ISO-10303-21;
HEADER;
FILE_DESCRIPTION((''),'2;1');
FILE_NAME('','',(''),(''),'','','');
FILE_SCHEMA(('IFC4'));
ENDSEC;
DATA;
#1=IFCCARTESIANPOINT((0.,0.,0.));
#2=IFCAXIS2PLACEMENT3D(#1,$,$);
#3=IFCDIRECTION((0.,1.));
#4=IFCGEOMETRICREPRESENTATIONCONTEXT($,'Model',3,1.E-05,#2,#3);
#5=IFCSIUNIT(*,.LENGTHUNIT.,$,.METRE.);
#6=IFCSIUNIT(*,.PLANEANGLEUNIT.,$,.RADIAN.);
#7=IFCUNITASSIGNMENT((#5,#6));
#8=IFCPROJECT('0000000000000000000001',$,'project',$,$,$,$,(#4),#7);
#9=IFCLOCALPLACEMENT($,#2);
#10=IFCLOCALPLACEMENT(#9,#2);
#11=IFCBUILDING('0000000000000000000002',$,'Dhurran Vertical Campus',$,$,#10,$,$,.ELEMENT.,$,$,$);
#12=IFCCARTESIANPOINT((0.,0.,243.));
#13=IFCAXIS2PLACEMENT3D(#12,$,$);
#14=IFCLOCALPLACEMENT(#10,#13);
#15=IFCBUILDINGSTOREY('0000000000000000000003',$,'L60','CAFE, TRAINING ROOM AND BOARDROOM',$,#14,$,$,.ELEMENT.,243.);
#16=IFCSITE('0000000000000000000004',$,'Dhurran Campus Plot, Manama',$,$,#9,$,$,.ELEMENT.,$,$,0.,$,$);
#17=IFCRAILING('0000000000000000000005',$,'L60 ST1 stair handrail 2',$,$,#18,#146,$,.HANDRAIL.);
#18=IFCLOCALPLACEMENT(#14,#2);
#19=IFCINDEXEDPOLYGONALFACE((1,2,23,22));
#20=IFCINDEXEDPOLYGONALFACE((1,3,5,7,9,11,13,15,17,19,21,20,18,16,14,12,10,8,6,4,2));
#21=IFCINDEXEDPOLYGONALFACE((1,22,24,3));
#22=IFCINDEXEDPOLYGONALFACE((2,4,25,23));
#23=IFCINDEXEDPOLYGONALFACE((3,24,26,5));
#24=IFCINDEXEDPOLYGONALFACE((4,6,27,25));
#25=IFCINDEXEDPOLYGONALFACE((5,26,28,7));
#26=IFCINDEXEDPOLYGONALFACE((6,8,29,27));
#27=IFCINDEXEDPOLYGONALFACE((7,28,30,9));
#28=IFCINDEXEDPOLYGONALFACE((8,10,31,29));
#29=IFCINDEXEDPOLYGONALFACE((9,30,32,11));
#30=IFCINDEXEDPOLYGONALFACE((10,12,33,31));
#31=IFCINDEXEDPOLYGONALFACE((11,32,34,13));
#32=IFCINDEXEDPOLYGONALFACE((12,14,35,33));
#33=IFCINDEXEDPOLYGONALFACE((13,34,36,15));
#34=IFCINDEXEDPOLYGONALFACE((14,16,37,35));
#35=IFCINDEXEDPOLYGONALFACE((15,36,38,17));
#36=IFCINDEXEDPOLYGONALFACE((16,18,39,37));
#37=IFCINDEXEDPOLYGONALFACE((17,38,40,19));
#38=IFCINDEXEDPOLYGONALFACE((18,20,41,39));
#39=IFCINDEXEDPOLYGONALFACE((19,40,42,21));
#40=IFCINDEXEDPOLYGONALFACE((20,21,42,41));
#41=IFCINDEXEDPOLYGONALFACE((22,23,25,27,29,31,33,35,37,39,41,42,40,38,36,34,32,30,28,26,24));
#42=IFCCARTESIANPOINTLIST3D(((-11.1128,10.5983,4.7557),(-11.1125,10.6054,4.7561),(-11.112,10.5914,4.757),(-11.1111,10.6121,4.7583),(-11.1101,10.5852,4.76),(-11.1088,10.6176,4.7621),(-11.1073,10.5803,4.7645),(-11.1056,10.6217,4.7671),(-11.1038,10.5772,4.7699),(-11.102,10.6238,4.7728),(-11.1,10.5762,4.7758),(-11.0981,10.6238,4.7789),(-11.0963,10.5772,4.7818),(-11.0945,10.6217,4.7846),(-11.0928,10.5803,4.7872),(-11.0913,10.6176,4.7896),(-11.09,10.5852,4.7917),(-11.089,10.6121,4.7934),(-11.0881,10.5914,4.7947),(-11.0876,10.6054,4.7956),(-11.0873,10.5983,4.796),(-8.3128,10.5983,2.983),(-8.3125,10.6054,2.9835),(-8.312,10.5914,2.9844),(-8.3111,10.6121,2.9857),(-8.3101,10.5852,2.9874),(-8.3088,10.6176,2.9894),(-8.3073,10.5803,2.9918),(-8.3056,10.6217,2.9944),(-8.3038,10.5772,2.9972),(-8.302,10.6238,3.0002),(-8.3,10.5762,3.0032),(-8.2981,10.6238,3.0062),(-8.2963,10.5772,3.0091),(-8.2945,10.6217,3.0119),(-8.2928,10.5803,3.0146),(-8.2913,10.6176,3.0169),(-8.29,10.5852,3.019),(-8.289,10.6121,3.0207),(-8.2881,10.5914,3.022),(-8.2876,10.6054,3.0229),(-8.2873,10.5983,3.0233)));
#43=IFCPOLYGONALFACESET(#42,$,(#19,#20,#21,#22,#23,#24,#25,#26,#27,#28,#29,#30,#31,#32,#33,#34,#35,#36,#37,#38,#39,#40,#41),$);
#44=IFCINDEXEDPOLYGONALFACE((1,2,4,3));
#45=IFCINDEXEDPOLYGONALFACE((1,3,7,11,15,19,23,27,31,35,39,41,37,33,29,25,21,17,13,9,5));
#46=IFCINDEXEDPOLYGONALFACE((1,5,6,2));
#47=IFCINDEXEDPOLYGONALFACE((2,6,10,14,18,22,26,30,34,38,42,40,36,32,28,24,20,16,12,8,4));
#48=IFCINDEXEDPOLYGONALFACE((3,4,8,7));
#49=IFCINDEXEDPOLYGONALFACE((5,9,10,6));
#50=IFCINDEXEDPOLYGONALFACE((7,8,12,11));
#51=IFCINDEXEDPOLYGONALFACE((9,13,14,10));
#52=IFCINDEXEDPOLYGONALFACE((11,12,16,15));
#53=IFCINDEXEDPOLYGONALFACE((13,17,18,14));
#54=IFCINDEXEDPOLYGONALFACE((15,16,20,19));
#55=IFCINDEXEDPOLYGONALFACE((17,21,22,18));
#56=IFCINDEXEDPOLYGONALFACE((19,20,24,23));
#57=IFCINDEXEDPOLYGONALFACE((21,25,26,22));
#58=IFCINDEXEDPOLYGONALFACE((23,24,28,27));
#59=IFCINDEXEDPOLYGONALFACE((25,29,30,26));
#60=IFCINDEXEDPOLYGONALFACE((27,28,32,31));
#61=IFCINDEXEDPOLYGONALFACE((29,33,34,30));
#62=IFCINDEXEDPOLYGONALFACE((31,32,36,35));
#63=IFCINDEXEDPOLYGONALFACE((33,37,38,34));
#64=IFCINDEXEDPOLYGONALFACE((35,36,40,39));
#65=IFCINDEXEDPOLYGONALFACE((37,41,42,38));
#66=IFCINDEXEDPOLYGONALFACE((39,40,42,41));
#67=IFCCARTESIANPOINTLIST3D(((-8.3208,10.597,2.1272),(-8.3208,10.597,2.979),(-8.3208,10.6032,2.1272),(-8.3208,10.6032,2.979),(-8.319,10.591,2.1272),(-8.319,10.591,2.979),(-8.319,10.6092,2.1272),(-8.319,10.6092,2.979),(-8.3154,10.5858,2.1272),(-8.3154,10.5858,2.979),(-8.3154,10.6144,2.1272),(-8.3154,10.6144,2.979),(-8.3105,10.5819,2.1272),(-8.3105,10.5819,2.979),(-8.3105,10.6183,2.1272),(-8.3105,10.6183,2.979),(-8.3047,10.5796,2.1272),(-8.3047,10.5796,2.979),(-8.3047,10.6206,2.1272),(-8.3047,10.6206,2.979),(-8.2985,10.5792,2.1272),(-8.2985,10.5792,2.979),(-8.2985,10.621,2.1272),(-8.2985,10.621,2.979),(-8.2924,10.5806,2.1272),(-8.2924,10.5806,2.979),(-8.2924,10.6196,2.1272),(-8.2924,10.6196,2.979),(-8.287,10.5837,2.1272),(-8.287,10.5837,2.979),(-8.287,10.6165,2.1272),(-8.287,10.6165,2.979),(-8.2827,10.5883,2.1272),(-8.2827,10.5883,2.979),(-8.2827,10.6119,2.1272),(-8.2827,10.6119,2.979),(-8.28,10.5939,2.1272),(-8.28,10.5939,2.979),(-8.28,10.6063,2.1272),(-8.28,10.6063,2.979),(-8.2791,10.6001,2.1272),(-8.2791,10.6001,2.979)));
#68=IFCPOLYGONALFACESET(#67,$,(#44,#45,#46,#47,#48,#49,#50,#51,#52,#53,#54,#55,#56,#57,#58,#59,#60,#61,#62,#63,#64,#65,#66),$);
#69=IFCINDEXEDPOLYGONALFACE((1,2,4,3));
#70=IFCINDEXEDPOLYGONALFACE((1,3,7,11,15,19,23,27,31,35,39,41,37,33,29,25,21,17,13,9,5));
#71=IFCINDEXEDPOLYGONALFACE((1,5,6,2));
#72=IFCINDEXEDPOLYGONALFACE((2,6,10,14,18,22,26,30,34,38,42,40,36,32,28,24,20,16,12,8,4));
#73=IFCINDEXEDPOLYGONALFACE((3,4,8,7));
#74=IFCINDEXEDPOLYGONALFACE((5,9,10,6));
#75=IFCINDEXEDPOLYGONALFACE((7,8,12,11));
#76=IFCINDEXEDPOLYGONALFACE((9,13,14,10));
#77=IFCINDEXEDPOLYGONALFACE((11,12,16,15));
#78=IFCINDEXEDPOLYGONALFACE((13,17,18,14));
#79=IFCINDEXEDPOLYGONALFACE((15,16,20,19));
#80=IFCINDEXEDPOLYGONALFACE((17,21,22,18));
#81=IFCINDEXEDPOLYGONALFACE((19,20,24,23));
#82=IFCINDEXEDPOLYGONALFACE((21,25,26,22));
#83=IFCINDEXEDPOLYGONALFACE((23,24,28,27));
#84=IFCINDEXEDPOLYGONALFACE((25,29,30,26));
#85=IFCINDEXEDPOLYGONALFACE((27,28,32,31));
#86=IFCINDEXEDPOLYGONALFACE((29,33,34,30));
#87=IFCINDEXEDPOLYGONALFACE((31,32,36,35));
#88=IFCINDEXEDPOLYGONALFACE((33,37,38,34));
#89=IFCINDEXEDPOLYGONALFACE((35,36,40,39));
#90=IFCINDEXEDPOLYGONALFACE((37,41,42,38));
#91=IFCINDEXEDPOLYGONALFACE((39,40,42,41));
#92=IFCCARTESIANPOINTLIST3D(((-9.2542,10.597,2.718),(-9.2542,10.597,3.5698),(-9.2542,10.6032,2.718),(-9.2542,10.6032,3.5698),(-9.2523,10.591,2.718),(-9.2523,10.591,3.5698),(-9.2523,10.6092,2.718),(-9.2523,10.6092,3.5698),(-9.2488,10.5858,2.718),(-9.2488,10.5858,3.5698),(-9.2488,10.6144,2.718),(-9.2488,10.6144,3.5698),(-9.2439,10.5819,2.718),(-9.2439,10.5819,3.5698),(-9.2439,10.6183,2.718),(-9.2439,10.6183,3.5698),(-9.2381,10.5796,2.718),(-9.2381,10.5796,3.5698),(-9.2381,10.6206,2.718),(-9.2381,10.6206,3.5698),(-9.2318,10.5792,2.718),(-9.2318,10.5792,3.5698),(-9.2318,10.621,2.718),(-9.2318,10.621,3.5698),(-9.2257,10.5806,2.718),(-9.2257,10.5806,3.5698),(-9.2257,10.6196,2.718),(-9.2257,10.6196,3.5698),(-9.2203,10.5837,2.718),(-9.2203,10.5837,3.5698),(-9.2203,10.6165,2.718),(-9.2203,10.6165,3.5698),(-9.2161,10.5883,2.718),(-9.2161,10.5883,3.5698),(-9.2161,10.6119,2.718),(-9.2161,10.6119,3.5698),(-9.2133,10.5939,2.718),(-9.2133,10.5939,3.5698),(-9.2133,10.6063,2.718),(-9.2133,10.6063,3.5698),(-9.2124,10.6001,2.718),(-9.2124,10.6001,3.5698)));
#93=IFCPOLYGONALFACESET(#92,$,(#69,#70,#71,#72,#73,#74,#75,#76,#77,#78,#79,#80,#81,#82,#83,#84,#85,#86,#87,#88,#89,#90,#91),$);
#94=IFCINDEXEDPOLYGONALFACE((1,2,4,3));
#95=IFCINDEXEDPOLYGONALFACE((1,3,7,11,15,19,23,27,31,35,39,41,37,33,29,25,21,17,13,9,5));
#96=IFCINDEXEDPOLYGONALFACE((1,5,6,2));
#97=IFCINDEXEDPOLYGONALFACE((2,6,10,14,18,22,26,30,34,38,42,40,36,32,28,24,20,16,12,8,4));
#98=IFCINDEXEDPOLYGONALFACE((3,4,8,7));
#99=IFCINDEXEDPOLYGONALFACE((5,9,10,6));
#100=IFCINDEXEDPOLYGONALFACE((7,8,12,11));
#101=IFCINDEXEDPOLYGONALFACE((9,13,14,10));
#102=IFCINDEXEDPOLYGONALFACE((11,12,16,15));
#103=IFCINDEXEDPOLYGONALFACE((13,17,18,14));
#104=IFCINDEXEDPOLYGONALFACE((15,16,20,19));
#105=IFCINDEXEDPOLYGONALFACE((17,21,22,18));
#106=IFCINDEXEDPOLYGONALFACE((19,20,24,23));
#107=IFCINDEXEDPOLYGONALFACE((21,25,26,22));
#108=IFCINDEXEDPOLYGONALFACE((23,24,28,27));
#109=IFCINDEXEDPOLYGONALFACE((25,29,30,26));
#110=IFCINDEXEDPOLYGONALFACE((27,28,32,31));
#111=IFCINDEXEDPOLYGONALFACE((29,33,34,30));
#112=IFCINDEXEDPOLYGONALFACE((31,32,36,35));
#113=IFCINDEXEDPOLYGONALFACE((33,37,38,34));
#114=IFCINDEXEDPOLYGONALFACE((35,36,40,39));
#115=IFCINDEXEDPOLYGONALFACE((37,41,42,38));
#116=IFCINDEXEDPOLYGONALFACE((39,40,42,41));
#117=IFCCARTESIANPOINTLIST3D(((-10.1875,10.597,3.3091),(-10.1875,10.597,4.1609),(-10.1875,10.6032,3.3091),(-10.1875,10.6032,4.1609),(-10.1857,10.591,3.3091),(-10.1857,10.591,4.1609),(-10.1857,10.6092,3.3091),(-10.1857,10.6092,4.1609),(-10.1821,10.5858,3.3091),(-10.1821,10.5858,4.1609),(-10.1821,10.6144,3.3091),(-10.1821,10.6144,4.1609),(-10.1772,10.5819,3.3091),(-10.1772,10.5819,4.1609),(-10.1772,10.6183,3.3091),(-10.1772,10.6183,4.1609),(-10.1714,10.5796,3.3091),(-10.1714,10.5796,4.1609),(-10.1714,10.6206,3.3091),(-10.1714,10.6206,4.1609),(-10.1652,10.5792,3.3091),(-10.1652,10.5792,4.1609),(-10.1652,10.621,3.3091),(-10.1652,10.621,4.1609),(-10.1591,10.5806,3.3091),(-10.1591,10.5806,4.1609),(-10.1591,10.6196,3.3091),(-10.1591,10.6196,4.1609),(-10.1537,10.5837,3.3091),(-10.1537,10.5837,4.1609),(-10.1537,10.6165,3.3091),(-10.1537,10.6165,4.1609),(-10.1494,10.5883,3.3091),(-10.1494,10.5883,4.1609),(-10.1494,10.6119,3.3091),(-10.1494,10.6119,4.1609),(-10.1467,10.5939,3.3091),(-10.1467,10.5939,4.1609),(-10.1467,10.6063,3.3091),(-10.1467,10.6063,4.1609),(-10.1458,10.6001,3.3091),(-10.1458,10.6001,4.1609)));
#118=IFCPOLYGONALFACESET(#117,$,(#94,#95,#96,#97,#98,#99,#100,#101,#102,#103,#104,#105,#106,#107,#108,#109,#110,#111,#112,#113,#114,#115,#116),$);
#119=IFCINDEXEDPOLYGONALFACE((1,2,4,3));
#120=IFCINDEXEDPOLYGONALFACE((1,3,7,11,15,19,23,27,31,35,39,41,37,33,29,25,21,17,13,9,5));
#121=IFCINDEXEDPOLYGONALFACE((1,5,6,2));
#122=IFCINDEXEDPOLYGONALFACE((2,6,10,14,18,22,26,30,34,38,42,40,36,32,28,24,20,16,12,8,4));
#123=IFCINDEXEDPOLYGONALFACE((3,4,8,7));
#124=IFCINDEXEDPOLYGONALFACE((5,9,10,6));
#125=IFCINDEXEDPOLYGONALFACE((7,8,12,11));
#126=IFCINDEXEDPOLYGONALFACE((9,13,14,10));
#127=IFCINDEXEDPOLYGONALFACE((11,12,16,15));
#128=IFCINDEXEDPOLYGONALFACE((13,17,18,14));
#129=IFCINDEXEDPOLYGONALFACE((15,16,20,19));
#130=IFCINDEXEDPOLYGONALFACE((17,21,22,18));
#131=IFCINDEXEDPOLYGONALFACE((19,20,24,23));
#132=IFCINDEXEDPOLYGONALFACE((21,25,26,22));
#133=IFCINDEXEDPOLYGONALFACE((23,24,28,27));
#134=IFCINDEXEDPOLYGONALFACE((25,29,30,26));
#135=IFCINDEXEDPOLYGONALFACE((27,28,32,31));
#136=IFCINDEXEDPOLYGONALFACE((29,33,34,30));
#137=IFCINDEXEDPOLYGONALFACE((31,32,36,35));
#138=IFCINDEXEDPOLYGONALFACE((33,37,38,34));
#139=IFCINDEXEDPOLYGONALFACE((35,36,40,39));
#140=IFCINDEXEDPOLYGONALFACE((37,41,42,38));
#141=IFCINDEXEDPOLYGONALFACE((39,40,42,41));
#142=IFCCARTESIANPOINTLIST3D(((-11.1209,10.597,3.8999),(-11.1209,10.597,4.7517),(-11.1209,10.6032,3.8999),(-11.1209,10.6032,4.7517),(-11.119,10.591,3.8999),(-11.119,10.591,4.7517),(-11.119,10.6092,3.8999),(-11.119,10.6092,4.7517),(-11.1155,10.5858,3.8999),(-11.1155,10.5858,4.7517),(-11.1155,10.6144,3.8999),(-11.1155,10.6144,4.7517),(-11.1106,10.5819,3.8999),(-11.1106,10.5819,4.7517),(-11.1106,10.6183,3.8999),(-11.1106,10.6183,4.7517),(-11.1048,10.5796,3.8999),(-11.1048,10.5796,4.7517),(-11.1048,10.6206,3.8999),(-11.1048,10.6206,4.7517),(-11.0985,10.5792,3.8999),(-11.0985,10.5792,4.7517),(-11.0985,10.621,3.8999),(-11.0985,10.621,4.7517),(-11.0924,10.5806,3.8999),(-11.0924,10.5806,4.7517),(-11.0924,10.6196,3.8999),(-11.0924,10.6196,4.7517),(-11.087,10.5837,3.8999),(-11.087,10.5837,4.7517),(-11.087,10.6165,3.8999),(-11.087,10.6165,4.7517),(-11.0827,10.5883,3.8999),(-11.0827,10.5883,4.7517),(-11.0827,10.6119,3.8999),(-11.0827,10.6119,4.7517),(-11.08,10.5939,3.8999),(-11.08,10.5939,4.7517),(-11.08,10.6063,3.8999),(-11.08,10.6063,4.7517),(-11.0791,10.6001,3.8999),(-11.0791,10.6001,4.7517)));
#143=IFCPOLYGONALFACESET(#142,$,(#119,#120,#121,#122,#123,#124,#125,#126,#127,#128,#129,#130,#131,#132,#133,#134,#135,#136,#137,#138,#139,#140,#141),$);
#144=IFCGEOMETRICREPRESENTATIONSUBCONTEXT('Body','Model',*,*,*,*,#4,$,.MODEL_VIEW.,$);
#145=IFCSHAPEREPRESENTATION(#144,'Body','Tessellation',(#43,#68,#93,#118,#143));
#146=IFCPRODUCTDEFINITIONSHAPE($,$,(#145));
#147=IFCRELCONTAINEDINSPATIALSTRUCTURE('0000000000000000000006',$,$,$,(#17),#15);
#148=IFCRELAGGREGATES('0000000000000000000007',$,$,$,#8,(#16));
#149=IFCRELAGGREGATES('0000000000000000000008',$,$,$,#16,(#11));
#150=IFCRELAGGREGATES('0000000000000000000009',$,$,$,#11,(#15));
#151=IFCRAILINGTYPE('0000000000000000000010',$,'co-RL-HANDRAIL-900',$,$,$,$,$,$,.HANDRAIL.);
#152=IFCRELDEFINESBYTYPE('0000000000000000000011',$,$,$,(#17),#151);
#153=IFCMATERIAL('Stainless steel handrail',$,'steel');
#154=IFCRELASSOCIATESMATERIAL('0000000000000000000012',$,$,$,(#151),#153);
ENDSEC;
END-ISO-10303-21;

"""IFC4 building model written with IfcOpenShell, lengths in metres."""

from ifc_helpers import new_model, si_unit, direction, frame, origin, origin_2d, place, context, subcontext, project, spatial, circle, extrude, material, type_object, element, save


model = new_model("IFC4")

# Units and contexts
model_context = context("Model", 3, precision=1e-05, world=origin(), true_north=direction((0.0, 1.0)))
body_context = subcontext(model_context, "Body", "Model", "MODEL_VIEW")
ifc_project = project(units=[si_unit("LENGTHUNIT", "METRE"), si_unit("PLANEANGLEUNIT", "RADIAN")], contexts=[model_context])

# Site, building, storey
site_placement = place(None, origin())
site = spatial("IfcSite", under=ifc_project, at=site_placement, Name="Dhurran Campus Plot, Manama", CompositionType="ELEMENT", RefElevation=0.0)
building_placement = place(site_placement, origin())
building = spatial("IfcBuilding", under=site, at=building_placement, Name="Dhurran Vertical Campus", CompositionType="ELEMENT")
storey_placement = place(building_placement, frame((0.0, 0.0, 243.0)))
storey = spatial("IfcBuildingStorey", under=building, at=storey_placement, Name="L60", Description="CAFE, TRAINING ROOM AND BOARDROOM", CompositionType="ELEMENT", Elevation=243.0)

# Railing
ifc_material_1 = material(Name="Stainless steel handrail", Category="steel")
railing_type_1 = type_object("IfcRailingType", Name="co-RL-HANDRAIL-900", PredefinedType="HANDRAIL", material=ifc_material_1)
railing_1_placement = place(storey_placement, frame((-8.3, 10.6001, 2.1272)))
element("IfcRailing", 1, at=railing_1_placement, inside=storey, type_object=railing_type_1, Name="L60 ST1 stair handrail 2", PredefinedType="HANDRAIL", context=body_context, shape_type="SweptSolid", body=[
    extrude(circle(Radius=0.0239, at=origin_2d()), frame((0.0, 0.0, 0.876), z_axis=(-0.844909, 0.0, 0.53491), x_axis=(0.0, -1.0, 0.0)), (0.0, 0.0, 1.0), 3.314),
    extrude(circle(Radius=0.021, at=origin_2d()), origin(), (0.0, 0.0, 1.0), 0.8518),
    extrude(circle(Radius=0.021, at=origin_2d()), frame((-0.9333, 0.0, 0.5908)), (0.0, 0.0, 1.0), 0.8518),
    extrude(circle(Radius=0.021, at=origin_2d()), frame((-1.8667, 0.0, 1.1819)), (0.0, 0.0, 1.0), 0.8518),
    extrude(circle(Radius=0.021, at=origin_2d()), frame((-2.8, 0.0, 1.7727)), (0.0, 0.0, 1.0), 0.8518),
])

save(model, "model.ifc")
